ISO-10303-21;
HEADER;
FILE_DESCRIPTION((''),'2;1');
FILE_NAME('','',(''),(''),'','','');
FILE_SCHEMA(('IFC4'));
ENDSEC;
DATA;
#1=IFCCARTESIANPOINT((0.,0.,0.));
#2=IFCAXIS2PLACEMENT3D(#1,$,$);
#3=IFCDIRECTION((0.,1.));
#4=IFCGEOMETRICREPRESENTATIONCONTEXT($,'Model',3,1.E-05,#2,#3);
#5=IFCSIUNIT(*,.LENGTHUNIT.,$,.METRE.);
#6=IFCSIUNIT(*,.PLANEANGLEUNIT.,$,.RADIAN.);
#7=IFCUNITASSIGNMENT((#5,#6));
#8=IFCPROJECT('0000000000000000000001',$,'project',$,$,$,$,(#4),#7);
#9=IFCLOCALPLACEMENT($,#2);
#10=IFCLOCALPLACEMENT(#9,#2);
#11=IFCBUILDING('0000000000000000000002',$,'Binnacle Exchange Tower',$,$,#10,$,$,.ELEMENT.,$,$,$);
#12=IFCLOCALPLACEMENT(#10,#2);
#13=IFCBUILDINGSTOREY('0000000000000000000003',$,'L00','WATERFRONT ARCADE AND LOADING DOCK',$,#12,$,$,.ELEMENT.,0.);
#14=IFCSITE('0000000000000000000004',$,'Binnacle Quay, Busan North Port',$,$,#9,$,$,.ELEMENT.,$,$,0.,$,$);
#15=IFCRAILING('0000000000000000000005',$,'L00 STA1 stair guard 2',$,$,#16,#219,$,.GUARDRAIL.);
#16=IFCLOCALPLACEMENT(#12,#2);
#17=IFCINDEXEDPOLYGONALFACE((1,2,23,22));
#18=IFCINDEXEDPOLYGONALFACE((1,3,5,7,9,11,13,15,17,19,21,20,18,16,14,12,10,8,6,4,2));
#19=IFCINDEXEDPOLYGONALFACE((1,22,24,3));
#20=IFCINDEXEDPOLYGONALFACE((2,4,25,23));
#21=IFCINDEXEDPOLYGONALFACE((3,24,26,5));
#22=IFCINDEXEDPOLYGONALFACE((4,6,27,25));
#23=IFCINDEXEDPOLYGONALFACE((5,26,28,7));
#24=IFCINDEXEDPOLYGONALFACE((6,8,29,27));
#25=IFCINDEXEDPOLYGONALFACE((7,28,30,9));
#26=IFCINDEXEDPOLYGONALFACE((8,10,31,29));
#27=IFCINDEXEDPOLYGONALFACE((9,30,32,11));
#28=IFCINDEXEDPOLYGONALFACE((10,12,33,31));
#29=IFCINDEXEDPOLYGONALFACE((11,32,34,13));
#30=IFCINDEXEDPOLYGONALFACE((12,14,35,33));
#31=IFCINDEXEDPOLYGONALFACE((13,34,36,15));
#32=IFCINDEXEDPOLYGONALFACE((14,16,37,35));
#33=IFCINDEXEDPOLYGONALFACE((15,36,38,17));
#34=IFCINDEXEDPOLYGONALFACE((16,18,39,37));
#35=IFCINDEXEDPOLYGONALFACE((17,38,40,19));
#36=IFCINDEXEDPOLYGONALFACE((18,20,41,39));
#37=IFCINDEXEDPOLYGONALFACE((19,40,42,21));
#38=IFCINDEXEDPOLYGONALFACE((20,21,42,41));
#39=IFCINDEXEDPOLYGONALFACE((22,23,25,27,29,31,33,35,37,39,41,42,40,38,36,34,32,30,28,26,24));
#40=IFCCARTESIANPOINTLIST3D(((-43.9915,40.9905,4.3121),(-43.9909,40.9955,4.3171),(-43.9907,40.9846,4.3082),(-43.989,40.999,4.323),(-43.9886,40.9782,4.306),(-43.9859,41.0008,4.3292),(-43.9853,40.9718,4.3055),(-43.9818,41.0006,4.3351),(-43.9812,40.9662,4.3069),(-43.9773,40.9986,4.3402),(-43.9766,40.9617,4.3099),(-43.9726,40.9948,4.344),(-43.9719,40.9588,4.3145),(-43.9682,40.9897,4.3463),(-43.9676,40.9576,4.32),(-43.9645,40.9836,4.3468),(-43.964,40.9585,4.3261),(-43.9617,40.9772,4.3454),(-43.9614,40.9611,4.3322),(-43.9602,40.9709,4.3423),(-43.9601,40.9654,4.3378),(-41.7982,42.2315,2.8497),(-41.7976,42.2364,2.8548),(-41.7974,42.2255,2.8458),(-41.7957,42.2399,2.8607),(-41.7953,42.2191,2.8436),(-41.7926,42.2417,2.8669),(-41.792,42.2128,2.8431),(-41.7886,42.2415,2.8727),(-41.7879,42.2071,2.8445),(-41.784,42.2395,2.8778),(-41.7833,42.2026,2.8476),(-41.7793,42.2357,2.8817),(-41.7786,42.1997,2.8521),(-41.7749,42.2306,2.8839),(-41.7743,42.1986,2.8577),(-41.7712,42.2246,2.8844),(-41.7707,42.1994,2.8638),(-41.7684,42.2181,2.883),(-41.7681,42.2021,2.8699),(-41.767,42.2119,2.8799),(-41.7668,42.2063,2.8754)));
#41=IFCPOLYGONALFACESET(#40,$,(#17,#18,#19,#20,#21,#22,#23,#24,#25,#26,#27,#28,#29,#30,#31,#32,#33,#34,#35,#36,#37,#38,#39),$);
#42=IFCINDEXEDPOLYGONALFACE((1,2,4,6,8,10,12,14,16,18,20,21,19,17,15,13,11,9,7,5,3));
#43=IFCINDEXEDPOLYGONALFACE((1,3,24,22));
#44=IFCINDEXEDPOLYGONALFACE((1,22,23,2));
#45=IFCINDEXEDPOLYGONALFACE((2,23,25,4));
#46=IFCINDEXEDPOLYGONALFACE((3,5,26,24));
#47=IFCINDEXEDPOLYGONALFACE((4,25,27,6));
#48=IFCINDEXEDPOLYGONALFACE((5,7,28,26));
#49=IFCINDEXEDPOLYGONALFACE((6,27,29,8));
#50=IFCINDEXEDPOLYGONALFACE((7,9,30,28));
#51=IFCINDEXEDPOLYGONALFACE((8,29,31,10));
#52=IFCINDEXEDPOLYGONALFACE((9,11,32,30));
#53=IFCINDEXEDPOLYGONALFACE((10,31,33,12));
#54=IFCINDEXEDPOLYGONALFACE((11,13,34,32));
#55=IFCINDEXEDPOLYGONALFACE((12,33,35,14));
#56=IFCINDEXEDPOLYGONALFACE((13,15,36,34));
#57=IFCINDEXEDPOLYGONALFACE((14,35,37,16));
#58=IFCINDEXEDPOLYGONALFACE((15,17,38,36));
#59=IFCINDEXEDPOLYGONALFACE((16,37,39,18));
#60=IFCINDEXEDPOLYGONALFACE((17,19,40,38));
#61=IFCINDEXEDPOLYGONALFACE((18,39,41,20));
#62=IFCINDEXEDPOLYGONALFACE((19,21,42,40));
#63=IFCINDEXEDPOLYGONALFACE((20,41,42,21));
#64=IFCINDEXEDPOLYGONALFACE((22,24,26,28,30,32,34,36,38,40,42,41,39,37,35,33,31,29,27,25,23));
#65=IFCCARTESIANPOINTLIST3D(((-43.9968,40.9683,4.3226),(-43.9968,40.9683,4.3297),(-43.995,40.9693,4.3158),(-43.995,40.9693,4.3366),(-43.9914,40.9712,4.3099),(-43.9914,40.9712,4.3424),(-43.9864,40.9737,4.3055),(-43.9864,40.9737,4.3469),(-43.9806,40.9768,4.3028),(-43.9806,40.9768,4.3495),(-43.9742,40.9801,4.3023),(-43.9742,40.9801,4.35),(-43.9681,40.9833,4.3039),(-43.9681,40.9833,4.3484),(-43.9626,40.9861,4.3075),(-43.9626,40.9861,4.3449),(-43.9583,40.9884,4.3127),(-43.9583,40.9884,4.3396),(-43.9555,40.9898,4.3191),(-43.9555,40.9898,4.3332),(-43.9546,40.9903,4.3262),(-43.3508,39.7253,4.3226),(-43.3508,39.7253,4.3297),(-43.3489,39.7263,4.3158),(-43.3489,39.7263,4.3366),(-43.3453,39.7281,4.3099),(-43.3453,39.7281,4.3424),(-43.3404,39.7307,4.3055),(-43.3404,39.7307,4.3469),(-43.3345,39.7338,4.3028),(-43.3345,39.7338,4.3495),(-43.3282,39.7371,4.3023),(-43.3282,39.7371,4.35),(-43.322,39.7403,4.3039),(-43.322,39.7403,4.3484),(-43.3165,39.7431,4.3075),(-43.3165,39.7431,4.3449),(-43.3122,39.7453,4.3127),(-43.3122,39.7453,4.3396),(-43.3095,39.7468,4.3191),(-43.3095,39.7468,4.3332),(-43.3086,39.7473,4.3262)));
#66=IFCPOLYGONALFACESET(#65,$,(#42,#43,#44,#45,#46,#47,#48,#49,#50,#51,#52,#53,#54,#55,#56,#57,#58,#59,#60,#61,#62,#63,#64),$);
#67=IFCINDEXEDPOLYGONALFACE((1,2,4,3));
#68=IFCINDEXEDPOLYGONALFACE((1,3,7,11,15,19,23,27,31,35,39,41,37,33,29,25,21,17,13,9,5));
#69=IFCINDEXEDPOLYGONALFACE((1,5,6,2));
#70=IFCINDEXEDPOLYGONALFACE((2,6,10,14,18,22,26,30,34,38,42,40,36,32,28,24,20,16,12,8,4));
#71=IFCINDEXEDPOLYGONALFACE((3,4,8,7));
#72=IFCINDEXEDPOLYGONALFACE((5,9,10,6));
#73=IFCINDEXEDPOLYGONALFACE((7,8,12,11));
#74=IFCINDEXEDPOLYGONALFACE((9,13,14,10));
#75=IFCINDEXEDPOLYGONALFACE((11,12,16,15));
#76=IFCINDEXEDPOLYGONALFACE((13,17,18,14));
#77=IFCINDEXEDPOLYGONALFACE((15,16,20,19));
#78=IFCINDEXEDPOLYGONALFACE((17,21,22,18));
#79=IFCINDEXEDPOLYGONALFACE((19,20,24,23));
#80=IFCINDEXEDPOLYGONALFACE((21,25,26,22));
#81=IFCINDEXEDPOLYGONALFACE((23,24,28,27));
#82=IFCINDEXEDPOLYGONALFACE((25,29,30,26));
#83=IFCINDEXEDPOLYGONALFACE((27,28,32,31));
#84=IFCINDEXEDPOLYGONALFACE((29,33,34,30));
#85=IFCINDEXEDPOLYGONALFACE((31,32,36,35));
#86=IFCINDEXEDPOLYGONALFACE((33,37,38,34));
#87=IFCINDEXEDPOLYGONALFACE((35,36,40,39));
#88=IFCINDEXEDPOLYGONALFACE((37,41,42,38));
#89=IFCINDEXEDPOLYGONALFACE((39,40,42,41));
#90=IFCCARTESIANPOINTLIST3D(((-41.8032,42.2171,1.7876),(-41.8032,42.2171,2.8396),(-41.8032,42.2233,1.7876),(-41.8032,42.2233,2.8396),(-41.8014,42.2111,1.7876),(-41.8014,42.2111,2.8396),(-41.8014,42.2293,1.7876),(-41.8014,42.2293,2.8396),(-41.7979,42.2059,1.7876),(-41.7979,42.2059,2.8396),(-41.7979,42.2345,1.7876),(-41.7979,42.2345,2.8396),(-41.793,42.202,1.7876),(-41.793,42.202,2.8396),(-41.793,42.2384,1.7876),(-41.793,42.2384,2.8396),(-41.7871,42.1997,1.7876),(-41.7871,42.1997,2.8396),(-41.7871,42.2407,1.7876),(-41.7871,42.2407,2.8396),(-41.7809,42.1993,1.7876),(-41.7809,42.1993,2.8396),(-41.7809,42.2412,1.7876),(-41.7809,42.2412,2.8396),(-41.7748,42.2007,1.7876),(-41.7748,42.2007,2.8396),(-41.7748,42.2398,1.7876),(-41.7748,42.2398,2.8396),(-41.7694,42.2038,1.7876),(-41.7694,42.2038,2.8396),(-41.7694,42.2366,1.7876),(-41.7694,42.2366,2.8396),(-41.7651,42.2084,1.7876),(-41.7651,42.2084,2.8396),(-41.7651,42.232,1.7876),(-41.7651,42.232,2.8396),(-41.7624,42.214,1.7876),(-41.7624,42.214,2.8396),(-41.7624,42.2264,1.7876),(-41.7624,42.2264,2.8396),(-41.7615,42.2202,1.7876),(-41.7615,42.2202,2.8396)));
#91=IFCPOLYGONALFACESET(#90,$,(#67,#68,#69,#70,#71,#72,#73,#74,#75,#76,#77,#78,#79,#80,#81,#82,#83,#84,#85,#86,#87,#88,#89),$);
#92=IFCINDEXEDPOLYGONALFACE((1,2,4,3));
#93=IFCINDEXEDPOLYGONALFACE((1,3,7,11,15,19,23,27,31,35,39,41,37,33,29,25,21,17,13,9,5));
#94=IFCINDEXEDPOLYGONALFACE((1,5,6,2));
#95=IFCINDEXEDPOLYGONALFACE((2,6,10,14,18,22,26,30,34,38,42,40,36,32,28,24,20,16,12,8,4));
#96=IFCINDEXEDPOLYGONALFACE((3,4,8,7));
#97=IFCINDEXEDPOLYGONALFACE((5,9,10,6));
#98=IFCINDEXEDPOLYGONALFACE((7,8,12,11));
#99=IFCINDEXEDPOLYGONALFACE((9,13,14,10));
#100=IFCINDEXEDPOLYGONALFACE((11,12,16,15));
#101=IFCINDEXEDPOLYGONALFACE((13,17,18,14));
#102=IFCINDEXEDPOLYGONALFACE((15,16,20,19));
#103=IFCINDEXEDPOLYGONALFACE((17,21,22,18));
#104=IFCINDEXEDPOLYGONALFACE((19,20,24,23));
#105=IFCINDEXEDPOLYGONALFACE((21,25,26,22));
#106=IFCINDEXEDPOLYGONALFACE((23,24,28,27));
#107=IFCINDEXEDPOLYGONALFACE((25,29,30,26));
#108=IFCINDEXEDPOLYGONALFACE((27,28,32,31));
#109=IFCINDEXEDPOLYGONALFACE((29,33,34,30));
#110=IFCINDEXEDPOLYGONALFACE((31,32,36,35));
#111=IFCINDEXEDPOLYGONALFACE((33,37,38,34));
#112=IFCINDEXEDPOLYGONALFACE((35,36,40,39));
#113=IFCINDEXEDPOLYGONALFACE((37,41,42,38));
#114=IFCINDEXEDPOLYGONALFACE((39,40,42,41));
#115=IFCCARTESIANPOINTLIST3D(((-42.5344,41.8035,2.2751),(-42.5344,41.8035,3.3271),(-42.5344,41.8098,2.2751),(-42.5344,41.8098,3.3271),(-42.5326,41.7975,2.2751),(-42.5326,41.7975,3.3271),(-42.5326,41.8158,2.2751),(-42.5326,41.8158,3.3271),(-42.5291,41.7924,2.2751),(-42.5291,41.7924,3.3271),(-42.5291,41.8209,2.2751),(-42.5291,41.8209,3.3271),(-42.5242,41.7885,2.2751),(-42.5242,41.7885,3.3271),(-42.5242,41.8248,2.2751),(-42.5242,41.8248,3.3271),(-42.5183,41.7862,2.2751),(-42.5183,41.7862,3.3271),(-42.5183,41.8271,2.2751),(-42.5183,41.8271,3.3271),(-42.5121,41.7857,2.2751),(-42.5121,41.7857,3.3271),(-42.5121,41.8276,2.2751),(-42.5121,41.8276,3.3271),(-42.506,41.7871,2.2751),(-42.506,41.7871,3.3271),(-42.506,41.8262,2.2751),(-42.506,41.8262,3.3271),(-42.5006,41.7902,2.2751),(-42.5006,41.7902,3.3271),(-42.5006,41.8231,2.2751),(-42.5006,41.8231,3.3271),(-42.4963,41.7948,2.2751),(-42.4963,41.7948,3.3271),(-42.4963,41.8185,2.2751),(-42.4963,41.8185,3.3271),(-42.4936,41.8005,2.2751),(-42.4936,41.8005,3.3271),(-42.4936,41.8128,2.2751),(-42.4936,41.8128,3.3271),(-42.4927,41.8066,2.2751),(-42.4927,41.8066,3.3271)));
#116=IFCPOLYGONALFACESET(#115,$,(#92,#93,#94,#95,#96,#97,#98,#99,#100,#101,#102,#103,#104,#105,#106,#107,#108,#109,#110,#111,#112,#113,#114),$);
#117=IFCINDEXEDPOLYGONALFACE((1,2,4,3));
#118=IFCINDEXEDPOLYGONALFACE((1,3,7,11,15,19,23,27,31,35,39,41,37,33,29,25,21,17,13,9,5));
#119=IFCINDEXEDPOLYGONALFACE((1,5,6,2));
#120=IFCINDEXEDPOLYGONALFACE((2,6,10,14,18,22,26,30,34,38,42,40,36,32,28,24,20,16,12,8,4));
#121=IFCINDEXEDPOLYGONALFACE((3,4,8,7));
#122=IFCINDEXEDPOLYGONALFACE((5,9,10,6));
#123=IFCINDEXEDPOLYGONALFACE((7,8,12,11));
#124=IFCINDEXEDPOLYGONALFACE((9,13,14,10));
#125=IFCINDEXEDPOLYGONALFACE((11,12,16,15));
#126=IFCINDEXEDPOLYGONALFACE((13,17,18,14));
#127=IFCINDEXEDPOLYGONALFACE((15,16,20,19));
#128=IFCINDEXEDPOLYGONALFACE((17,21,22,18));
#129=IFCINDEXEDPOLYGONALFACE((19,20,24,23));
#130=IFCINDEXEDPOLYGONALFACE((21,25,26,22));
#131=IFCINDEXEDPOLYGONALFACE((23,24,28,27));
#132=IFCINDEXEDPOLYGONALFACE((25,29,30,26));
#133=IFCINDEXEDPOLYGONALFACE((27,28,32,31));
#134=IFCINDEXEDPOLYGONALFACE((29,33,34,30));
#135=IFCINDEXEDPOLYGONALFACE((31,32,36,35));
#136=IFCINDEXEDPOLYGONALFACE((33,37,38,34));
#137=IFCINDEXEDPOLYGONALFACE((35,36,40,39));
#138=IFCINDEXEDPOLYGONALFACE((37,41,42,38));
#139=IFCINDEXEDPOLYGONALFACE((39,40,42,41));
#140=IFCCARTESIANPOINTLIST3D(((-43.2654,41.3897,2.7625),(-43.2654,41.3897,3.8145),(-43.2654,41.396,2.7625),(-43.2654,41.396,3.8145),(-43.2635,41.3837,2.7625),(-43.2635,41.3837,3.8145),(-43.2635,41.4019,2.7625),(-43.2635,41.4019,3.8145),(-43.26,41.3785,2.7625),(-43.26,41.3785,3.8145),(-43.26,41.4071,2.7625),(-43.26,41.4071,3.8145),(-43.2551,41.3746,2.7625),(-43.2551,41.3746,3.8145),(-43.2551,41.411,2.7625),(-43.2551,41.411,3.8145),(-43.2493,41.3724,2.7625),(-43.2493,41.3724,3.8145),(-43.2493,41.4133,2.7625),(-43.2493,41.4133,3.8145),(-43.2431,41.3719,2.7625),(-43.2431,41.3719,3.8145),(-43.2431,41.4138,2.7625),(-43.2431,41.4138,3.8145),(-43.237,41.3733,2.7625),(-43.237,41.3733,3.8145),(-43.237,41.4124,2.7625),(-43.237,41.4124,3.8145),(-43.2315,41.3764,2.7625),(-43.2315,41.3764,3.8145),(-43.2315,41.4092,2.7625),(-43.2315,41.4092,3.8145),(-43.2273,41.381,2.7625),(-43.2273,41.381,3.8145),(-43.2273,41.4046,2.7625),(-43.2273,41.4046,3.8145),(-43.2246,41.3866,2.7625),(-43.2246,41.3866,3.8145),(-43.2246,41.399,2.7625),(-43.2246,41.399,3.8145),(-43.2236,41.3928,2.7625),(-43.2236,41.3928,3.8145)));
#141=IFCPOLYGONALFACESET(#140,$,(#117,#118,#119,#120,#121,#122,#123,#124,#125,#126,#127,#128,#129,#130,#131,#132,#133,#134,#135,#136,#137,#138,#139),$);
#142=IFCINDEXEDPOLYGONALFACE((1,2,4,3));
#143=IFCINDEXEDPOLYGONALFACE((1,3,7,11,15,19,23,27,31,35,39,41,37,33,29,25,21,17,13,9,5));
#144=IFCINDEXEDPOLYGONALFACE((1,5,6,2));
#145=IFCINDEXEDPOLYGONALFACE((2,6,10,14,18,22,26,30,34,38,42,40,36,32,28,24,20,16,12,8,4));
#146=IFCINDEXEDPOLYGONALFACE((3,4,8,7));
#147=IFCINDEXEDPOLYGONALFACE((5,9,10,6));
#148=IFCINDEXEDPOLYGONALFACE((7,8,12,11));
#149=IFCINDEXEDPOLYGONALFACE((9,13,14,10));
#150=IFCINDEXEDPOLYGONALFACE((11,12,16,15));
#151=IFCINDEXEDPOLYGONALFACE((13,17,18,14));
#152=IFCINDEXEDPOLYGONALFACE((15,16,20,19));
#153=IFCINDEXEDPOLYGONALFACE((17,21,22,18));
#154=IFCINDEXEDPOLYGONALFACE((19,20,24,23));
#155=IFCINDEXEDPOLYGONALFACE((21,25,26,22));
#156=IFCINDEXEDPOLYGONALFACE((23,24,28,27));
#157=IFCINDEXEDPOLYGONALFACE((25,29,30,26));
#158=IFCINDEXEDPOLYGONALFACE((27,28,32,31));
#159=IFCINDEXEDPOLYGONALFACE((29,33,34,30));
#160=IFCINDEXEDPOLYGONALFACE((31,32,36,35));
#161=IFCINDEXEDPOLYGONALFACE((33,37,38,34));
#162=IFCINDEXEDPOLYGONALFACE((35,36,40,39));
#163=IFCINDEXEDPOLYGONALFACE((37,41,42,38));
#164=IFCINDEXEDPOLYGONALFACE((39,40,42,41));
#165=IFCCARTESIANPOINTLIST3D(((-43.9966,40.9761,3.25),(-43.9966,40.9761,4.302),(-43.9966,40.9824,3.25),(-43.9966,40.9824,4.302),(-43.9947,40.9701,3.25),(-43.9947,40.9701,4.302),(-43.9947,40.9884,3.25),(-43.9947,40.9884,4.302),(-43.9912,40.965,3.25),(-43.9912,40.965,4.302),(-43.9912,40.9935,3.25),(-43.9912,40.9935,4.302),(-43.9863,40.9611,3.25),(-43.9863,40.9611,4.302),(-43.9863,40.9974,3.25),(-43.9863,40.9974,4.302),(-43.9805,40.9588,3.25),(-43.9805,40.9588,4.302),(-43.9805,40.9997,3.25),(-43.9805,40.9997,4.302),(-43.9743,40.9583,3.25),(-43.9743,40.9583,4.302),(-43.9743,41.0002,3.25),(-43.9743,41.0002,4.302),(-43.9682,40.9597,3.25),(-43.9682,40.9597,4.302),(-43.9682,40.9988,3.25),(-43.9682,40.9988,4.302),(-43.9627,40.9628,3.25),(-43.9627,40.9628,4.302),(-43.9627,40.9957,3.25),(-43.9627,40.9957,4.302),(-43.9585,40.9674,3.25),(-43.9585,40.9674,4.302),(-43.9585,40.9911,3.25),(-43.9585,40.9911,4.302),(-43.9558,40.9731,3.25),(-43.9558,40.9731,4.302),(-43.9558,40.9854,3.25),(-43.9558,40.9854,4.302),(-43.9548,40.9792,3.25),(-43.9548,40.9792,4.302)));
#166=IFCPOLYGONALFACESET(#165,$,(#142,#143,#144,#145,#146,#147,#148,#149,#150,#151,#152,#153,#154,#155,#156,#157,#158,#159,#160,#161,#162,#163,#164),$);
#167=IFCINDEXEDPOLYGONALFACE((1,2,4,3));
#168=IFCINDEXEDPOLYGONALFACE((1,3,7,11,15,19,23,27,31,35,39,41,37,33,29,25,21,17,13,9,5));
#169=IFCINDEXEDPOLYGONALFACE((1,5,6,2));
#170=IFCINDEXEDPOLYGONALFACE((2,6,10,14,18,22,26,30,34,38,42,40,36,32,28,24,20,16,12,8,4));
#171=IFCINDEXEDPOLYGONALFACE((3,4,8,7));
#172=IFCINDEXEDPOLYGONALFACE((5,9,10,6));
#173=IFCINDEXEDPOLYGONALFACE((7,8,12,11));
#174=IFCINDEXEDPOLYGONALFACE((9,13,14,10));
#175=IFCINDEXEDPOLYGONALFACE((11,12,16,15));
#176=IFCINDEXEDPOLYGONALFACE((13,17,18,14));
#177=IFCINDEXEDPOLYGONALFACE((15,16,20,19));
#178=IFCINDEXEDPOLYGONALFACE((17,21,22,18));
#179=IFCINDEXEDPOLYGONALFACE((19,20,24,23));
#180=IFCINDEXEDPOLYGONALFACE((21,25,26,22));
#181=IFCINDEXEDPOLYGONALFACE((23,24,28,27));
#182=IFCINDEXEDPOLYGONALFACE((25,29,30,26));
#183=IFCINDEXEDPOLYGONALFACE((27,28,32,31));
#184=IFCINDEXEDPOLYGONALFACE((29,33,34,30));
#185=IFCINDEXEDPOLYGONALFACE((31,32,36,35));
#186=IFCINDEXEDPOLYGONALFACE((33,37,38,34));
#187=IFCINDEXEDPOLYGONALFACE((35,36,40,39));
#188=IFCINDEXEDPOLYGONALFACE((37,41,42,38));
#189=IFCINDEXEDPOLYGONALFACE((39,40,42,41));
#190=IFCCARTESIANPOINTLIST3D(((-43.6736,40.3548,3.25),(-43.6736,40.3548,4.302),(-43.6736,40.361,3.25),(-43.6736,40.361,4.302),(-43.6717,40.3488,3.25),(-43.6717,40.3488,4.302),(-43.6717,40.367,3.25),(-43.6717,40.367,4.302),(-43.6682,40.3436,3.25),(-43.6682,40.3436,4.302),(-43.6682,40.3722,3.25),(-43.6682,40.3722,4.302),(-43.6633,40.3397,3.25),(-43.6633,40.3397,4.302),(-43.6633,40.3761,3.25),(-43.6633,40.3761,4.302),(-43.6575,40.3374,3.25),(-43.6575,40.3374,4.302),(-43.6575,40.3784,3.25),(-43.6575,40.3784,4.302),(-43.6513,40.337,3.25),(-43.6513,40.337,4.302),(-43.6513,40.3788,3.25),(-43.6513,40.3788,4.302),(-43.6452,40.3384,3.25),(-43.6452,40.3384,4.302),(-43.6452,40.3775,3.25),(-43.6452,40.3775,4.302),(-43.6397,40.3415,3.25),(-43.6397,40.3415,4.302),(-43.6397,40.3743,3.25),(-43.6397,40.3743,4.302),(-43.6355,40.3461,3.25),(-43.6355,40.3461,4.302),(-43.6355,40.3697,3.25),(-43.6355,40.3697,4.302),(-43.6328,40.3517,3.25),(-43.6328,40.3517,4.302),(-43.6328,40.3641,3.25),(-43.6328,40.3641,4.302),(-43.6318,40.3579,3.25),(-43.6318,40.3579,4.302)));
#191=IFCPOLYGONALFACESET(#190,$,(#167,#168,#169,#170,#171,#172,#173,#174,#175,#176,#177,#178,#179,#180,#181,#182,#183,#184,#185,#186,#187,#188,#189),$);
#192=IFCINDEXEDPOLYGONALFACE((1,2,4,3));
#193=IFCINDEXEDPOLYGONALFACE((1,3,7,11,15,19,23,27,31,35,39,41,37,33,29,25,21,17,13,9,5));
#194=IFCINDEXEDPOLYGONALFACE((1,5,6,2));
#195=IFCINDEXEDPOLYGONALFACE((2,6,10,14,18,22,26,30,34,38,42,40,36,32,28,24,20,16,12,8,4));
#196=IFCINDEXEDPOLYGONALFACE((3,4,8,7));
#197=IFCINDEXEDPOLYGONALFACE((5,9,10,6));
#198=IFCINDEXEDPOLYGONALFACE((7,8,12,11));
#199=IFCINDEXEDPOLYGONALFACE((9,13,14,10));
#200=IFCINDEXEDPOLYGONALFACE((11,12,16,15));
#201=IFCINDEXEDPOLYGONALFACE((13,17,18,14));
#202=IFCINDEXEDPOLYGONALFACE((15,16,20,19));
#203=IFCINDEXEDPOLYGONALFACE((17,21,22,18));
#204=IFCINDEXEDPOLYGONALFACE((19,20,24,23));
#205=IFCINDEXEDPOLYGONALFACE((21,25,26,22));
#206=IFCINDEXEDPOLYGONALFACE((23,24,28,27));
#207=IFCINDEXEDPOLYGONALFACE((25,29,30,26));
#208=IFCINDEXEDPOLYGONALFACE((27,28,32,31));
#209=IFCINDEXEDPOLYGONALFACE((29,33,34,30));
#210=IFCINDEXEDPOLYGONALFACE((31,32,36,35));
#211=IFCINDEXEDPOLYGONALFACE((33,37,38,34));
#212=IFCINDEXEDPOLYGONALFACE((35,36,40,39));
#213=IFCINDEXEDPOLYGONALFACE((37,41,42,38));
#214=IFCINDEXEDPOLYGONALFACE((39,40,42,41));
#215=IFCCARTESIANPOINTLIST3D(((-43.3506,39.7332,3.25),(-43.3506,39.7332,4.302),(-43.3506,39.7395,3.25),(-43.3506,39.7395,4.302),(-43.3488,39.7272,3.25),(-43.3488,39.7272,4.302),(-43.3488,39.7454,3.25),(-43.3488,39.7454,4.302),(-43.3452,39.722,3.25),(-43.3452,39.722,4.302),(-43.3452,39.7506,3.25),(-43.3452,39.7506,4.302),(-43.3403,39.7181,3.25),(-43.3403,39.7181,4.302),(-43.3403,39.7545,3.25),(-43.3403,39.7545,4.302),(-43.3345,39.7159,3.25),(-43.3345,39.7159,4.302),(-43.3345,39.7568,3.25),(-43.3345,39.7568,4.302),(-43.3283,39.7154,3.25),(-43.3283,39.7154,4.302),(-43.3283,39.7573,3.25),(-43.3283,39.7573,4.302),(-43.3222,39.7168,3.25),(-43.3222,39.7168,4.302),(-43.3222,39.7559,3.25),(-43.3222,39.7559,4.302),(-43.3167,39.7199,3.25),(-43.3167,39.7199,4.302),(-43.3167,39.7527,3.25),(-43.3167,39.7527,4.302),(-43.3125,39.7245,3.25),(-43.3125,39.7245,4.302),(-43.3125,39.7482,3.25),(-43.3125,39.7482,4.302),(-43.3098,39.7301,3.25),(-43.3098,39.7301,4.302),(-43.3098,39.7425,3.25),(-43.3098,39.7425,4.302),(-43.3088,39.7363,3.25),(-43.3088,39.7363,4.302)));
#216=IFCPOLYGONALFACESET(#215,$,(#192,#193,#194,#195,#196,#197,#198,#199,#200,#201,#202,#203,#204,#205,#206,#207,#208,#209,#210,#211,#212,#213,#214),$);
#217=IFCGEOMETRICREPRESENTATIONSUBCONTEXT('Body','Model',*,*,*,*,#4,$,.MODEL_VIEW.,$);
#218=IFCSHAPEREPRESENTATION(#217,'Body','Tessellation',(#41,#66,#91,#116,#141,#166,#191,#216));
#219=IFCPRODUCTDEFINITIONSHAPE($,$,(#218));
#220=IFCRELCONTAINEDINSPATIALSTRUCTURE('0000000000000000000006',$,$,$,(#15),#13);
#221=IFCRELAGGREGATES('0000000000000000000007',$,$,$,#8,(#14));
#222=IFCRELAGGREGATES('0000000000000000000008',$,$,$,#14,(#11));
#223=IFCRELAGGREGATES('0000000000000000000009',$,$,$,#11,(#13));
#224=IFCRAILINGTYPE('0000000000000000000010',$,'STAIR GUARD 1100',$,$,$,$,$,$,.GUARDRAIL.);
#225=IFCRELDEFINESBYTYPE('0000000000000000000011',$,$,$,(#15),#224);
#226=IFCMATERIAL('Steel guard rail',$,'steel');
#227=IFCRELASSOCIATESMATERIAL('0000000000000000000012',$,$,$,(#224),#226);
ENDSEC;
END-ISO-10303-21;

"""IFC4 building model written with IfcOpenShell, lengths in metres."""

from ifc_helpers import new_model, si_unit, direction, frame, origin, origin_2d, place, context, subcontext, project, spatial, circle, extrude, material, type_object, element, save


model = new_model("IFC4")

# Units and contexts
model_context = context("Model", 3, precision=1e-05, world=origin(), true_north=direction((0.0, 1.0)))
body_context = subcontext(model_context, "Body", "Model", "MODEL_VIEW")
ifc_project = project(units=[si_unit("LENGTHUNIT", "METRE"), si_unit("PLANEANGLEUNIT", "RADIAN")], contexts=[model_context])

# Site, building, storey
site_placement = place(None, origin())
site = spatial("IfcSite", under=ifc_project, at=site_placement, Name="Binnacle Quay, Busan North Port", CompositionType="ELEMENT", RefElevation=0.0)
building_placement = place(site_placement, origin())
building = spatial("IfcBuilding", under=site, at=building_placement, Name="Binnacle Exchange Tower", CompositionType="ELEMENT")
storey_placement = place(building_placement, origin())
storey = spatial("IfcBuildingStorey", under=building, at=storey_placement, Name="L00", Description="WATERFRONT ARCADE AND LOADING DOCK", CompositionType="ELEMENT", Elevation=0.0)

# Railing
ifc_material_1 = material(Name="Steel guard rail", Category="steel")
railing_type = type_object("IfcRailingType", Name="STAIR GUARD 1100", PredefinedType="GUARDRAIL", material=ifc_material_1)
railing_1_placement = place(storey_placement, frame((-41.7825, 42.2202, 1.7876)))
element("IfcRailing", 1, at=railing_1_placement, inside=storey, type_object=railing_type, Name="L00 STA1 stair guard 2", PredefinedType="GUARDRAIL", context=body_context, shape_type="SweptSolid", body=[
    extrude(circle(Radius=0.0239, at=origin_2d()), frame((0.0, 0.0, 1.0762), z_axis=(-0.752784, -0.425913, 0.501912), x_axis=(0.492431, -0.870352, 0.0)), (0.0, 0.0, 1.0), 2.9136),
    extrude(circle(Radius=0.0239, at=origin_2d()), frame((-2.1934, -1.241, 2.5386), z_axis=(0.461172, -0.887311, 0.0), x_axis=(0.887311, 0.461172, 0.0)), (0.0, 0.0, 1.0), 1.4009),
    extrude(circle(Radius=0.021, at=origin_2d()), origin(), (0.0, 0.0, 1.0), 1.052),
    extrude(circle(Radius=0.021, at=origin_2d()), frame((-0.7312, -0.4136, 0.4875)), (0.0, 0.0, 1.0), 1.052),
    extrude(circle(Radius=0.021, at=origin_2d()), frame((-1.4622, -0.8274, 0.9749)), (0.0, 0.0, 1.0), 1.052),
    extrude(circle(Radius=0.021, at=origin_2d()), frame((-2.1934, -1.241, 1.4624)), (0.0, 0.0, 1.0), 1.052),
    extrude(circle(Radius=0.021, at=origin_2d()), frame((-1.8704, -1.8623, 1.4624)), (0.0, 0.0, 1.0), 1.052),
    extrude(circle(Radius=0.021, at=origin_2d()), frame((-1.5474, -2.4839, 1.4624)), (0.0, 0.0, 1.0), 1.052),
])

save(model, "model.ifc")
